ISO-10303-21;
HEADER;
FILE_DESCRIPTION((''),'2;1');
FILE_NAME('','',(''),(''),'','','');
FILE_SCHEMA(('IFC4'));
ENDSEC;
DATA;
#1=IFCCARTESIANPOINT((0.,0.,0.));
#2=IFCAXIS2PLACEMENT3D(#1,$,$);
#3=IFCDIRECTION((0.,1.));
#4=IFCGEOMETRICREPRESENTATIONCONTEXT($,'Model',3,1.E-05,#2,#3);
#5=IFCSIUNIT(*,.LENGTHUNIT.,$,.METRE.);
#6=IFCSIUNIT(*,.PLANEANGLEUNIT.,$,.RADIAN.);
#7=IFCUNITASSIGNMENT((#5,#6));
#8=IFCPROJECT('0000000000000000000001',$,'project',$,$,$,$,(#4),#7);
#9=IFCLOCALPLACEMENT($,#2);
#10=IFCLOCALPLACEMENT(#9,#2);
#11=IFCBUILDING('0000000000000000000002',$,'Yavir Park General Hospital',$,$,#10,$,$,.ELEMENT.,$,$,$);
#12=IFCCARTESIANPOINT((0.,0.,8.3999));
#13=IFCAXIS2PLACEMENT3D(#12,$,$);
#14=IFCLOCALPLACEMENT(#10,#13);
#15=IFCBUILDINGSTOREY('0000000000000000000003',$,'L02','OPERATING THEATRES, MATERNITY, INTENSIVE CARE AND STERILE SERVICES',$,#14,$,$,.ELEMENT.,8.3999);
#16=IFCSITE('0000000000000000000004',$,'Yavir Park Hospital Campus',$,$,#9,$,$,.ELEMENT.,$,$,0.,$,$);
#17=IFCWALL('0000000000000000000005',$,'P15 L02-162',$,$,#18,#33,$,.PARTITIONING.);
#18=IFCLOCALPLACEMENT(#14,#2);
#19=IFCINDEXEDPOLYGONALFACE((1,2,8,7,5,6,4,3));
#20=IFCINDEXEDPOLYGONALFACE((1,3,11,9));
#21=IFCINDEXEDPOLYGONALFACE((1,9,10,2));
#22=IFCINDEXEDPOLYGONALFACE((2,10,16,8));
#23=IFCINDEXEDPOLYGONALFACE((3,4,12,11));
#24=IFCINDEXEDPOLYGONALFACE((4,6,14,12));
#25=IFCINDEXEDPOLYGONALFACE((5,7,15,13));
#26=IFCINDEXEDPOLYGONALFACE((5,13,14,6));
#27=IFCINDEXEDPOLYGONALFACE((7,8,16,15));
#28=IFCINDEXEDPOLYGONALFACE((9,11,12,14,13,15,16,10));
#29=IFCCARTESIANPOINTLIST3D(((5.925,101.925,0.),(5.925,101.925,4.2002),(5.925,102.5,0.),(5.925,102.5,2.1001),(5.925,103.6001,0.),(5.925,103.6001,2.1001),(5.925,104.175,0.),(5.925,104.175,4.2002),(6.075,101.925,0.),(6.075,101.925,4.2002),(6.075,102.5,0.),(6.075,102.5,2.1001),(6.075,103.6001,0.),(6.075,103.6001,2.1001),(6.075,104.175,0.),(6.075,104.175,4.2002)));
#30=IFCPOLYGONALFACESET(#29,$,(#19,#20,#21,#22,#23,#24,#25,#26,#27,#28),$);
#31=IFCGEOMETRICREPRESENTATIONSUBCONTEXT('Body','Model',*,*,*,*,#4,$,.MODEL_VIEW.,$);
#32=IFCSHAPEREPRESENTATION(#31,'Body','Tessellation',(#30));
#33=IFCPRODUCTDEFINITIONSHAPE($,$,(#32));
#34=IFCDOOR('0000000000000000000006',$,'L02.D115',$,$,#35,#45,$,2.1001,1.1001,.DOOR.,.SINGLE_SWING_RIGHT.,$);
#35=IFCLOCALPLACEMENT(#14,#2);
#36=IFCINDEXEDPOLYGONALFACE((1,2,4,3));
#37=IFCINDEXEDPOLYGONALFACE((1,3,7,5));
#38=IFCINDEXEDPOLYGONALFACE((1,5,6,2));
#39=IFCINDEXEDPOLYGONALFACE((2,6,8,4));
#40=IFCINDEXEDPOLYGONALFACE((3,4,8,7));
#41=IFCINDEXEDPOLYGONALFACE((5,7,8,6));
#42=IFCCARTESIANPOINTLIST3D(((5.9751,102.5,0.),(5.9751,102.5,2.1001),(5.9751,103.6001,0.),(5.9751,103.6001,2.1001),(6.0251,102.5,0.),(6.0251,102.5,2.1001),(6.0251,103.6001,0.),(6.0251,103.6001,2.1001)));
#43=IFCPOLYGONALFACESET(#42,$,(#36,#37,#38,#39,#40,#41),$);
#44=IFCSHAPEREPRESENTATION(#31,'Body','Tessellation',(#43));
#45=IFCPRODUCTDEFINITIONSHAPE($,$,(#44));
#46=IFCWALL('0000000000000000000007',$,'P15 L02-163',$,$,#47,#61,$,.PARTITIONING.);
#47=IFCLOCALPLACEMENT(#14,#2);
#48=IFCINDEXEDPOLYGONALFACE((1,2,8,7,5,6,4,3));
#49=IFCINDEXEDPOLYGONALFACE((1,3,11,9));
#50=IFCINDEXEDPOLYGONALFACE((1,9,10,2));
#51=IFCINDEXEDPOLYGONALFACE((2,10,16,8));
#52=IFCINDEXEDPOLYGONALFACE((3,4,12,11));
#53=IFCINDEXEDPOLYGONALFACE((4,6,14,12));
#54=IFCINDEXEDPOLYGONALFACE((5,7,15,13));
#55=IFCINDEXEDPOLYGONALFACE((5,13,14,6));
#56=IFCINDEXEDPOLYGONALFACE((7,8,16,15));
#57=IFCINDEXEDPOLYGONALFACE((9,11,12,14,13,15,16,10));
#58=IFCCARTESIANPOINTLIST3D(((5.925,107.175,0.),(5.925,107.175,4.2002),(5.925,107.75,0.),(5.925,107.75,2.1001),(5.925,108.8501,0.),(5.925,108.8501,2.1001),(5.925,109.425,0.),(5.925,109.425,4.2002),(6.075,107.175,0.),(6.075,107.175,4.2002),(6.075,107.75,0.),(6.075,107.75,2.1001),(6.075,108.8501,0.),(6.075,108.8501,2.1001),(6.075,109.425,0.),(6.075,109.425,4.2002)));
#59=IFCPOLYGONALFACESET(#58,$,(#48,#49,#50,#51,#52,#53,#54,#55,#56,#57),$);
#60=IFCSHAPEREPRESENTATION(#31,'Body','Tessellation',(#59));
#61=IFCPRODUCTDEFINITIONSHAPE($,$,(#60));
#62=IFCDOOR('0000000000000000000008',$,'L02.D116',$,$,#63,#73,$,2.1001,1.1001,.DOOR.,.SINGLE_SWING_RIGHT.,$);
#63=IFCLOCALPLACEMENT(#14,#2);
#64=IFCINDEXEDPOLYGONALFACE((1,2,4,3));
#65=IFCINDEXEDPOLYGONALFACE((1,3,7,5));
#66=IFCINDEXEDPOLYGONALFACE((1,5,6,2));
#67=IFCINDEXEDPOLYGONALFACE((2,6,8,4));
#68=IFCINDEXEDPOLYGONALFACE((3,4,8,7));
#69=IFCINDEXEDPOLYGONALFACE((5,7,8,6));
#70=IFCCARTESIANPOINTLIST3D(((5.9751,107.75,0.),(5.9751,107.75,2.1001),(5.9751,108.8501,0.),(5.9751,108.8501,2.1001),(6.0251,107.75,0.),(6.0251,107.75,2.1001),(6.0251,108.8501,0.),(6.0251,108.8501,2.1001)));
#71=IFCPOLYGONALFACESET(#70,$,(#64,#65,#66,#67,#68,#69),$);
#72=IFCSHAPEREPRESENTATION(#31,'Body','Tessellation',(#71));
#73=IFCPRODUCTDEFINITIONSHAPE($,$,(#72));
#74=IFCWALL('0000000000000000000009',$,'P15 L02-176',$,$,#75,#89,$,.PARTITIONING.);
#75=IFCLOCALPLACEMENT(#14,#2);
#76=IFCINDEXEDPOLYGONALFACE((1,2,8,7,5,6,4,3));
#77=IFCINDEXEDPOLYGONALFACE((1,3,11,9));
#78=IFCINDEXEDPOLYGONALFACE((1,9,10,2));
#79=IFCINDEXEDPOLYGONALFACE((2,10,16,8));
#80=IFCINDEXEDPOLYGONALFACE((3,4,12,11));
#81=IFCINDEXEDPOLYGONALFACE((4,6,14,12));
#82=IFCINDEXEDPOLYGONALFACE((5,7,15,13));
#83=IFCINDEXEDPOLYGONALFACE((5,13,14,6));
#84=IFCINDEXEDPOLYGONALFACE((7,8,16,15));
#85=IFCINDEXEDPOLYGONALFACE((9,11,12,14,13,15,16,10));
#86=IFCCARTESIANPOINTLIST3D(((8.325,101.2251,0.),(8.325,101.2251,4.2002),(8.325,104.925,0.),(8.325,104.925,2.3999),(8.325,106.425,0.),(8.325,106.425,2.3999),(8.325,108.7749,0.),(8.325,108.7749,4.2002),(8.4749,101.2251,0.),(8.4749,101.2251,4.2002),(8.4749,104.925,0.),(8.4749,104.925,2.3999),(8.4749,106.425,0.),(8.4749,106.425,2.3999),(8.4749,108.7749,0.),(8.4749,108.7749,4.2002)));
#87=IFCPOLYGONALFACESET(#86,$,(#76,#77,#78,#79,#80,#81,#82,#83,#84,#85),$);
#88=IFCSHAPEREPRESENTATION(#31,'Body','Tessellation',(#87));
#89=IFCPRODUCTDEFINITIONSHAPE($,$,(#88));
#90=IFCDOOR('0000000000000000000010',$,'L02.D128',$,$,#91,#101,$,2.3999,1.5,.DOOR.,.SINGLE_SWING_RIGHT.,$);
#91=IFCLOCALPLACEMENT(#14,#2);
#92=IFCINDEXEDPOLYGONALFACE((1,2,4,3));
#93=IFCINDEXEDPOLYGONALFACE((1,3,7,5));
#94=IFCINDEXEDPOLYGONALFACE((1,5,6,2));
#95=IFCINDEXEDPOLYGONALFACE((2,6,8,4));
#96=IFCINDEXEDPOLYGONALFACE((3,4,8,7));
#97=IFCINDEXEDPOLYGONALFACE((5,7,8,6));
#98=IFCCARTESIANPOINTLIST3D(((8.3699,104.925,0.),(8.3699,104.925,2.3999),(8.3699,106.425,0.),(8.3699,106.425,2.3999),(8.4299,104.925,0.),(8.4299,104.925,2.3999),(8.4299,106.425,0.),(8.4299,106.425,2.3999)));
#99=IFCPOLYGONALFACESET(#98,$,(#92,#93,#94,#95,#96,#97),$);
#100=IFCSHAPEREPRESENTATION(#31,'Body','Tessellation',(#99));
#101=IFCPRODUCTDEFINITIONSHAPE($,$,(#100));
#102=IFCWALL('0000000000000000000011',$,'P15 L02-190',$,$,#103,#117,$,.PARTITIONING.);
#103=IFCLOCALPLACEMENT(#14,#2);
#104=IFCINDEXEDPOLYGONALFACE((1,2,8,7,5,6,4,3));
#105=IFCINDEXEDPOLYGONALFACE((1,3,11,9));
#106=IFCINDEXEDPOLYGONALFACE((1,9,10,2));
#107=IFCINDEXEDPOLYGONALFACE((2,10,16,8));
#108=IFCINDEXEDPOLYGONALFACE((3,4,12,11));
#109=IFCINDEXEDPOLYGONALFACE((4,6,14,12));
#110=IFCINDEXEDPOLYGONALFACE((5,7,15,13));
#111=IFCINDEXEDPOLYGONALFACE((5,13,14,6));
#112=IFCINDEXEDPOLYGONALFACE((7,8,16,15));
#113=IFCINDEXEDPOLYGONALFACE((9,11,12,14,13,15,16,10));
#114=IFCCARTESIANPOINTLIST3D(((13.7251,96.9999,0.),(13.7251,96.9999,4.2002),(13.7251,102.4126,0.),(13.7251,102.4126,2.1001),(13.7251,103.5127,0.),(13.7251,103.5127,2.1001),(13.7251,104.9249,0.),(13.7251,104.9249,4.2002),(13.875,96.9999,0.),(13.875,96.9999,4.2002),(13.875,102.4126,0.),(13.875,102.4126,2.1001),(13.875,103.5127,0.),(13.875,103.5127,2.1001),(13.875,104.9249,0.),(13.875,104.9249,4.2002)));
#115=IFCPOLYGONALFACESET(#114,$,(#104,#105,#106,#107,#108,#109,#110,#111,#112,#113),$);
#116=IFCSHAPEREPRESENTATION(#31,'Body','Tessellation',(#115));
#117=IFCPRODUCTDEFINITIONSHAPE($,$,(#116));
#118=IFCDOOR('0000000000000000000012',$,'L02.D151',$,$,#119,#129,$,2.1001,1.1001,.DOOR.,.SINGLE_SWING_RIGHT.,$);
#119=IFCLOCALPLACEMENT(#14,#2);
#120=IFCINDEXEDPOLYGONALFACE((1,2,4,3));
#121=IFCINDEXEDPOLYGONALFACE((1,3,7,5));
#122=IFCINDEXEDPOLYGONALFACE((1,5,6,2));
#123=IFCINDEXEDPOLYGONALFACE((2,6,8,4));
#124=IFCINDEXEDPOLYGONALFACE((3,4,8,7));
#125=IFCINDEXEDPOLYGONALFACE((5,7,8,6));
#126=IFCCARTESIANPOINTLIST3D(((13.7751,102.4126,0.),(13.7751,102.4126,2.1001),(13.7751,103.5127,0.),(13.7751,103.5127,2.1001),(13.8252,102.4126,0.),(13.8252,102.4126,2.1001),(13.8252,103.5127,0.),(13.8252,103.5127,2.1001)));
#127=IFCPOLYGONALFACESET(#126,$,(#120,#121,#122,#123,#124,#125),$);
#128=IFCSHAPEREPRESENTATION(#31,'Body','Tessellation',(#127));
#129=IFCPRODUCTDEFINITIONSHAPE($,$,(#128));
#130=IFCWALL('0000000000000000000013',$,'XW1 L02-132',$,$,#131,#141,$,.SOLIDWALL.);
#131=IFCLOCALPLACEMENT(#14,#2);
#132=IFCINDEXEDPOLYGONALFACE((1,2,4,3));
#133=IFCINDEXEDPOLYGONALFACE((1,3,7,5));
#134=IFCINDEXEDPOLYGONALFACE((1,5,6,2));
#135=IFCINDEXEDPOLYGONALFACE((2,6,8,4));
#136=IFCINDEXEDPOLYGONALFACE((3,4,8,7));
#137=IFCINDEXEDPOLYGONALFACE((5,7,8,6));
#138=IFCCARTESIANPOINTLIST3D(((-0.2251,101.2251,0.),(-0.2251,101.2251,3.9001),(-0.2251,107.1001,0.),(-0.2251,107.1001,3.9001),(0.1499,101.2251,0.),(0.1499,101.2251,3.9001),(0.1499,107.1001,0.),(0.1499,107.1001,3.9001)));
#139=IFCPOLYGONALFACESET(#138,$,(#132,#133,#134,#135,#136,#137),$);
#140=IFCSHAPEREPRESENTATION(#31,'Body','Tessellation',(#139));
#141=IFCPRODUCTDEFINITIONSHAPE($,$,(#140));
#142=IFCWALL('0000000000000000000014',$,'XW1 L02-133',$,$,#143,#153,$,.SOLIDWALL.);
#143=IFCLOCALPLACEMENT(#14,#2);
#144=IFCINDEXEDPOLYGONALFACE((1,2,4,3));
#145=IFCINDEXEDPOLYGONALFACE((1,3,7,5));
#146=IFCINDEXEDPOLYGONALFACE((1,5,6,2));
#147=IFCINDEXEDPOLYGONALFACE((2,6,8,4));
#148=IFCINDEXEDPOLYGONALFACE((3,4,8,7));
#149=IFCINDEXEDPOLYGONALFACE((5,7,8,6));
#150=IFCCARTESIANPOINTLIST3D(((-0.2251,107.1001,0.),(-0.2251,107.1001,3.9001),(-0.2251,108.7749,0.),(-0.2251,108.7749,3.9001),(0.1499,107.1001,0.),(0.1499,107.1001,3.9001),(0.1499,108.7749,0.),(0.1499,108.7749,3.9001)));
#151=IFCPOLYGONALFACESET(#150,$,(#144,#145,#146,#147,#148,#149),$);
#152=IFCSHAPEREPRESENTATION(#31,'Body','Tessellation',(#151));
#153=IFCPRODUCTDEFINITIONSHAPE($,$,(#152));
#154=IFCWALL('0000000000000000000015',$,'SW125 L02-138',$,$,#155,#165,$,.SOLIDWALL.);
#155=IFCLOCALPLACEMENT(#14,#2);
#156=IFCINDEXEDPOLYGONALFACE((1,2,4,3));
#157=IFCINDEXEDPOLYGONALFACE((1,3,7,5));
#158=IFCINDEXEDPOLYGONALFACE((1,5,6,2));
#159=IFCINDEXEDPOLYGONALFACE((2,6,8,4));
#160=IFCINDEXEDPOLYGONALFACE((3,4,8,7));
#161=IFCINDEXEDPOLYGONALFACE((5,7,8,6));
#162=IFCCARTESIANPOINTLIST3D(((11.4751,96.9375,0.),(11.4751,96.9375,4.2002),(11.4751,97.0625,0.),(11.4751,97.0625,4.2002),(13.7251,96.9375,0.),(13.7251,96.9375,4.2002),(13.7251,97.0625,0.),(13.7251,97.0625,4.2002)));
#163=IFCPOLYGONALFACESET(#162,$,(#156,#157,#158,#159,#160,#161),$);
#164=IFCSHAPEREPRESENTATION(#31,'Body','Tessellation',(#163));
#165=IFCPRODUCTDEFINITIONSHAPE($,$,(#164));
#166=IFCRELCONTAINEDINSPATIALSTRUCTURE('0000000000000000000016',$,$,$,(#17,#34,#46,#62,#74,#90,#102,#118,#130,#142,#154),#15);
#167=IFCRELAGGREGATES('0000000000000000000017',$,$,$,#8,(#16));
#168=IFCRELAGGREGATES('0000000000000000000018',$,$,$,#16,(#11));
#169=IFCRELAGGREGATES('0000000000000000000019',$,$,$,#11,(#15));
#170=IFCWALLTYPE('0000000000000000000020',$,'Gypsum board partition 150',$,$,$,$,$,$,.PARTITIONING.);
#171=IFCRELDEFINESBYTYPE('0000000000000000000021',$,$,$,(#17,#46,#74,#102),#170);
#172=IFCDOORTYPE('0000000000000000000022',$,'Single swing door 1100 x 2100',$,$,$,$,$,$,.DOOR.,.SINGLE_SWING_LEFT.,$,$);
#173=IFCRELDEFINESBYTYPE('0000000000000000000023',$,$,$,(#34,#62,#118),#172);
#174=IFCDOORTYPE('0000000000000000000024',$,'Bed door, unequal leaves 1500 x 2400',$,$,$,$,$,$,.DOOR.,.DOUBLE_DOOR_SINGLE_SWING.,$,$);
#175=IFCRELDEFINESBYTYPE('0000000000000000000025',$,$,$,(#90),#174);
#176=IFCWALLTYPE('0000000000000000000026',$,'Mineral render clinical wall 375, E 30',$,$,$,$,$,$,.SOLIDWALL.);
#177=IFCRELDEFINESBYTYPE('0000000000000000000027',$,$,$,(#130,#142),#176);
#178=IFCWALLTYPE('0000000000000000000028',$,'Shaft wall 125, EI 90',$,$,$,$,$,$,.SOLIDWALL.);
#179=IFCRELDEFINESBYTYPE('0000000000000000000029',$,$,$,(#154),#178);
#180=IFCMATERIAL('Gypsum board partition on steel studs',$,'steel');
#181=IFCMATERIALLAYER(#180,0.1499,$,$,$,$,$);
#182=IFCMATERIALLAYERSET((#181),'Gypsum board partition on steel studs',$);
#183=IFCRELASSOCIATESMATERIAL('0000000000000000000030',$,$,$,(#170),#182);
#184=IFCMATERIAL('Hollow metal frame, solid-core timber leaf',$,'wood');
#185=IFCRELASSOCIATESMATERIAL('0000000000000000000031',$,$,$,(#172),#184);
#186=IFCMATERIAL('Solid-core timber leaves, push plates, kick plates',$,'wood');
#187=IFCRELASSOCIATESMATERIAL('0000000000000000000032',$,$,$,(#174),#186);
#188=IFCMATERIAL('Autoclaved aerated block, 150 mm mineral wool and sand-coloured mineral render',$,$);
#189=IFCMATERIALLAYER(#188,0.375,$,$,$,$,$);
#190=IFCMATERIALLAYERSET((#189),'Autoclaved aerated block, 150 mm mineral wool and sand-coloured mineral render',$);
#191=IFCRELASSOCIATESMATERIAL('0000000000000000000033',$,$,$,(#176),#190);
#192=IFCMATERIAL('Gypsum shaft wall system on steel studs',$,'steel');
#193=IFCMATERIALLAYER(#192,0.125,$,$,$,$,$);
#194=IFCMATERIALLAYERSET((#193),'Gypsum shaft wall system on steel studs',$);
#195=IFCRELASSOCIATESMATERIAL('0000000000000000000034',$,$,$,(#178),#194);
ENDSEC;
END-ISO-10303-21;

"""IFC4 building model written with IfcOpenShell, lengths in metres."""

from ifc_helpers import new_model, si_unit, direction, frame, frame_2d, origin, place, context, subcontext, project, spatial, rectangle, extrude, material, layer, layer_set, type_object, element, fill, save


model = new_model("IFC4")

# Units and contexts
model_context = context("Model", 3, precision=1e-05, world=origin(), true_north=direction((0.0, 1.0)))
body_context = subcontext(model_context, "Body", "Model", "MODEL_VIEW")
ifc_project = project(units=[si_unit("LENGTHUNIT", "METRE"), si_unit("PLANEANGLEUNIT", "RADIAN")], contexts=[model_context])

# Site, building, storey
site_placement = place(None, origin())
site = spatial("IfcSite", under=ifc_project, at=site_placement, Name="Yavir Park Hospital Campus", CompositionType="ELEMENT", RefElevation=0.0)
building_placement = place(site_placement, origin())
building = spatial("IfcBuilding", under=site, at=building_placement, Name="Yavir Park General Hospital", CompositionType="ELEMENT")
storey_placement = place(building_placement, frame((0.0, 0.0, 8.3999)))
storey = spatial("IfcBuildingStorey", under=building, at=storey_placement, Name="L02", Description="OPERATING THEATRES, MATERNITY, INTENSIVE CARE AND STERILE SERVICES", CompositionType="ELEMENT", Elevation=8.3999)

# Shared definitions
ifc_material_1 = material(Name="Gypsum board partition on steel studs", Category="steel")
ifc_layer_1 = layer(ifc_material_1, 0.1499)
ifc_layer_set_1 = layer_set([ifc_layer_1], Name="Gypsum board partition on steel studs")
wall_type_1 = type_object("IfcWallType", Name="Gypsum board partition 150", PredefinedType="PARTITIONING", material=ifc_layer_set_1)

# Walls, openings, doors
ifc_material_2 = material(Name="Hollow metal frame, solid-core timber leaf", Category="wood")
door_type_1 = type_object("IfcDoorType", Name="Single swing door 1100 x 2100", OperationType="SINGLE_SWING_LEFT", PredefinedType="DOOR", material=ifc_material_2)
wall_1_placement = place(storey_placement, frame((6.0, 101.925, 0.0), z_axis=(0.0, 0.0, 1.0), x_axis=(0.0, 1.0, 0.0)))
wall_1 = element("IfcWall", 1, at=wall_1_placement, inside=storey, type_object=wall_type_1, Name="P15 L02-162", PredefinedType="PARTITIONING", context=body_context, shape_type="SweptSolid", body=[
    extrude(rectangle(XDim=2.25, YDim=0.1499, at=frame_2d((1.125, 0.0))), origin(), (0.0, 0.0, 1.0), 4.2002),
])
opening_1_placement = place(wall_1_placement, frame((0.575, 0.0, 0.0)))
opening_1 = element("IfcOpeningElement", 2, at=opening_1_placement, cuts=wall_1, PredefinedType="OPENING", context=body_context, shape_type="SweptSolid", body=[
    extrude(rectangle(XDim=1.1001, YDim=2.1001, at=frame_2d((0.55, 1.05))), frame((0.0, 0.085, 0.0), z_axis=(0.0, -1.0, 0.0), x_axis=(1.0, 0.0, 0.0)), (0.0, 0.0, 1.0), 0.1699),
])
door_1_placement = place(opening_1_placement, origin())
door_1 = element("IfcDoor", 3, at=door_1_placement, inside=storey, type_object=door_type_1, Name="L02.D115", OperationType="SINGLE_SWING_RIGHT", OverallHeight=2.1001, OverallWidth=1.1001, PredefinedType="DOOR", context=body_context, shape_type="SweptSolid", body=[
    extrude(rectangle(XDim=1.1001, YDim=2.1001, at=frame_2d((0.55, 1.05))), frame((0.0, 0.0249, 0.0), z_axis=(0.0, -1.0, 0.0), x_axis=(1.0, 0.0, 0.0)), (0.0, 0.0, 1.0), 0.05),
])
fill(opening_1, door_1)
wall_2_placement = place(storey_placement, frame((6.0, 107.175, 0.0), z_axis=(0.0, 0.0, 1.0), x_axis=(0.0, 1.0, 0.0)))
wall_2 = element("IfcWall", 4, at=wall_2_placement, inside=storey, type_object=wall_type_1, Name="P15 L02-163", PredefinedType="PARTITIONING", context=body_context, shape_type="SweptSolid", body=[
    extrude(rectangle(XDim=2.25, YDim=0.1499, at=frame_2d((1.125, 0.0))), origin(), (0.0, 0.0, 1.0), 4.2002),
])
opening_2_placement = place(wall_2_placement, frame((0.575, 0.0, 0.0)))
opening_2 = element("IfcOpeningElement", 5, at=opening_2_placement, cuts=wall_2, PredefinedType="OPENING", context=body_context, shape_type="SweptSolid", body=[
    extrude(rectangle(XDim=1.1001, YDim=2.1001, at=frame_2d((0.55, 1.05))), frame((0.0, 0.085, 0.0), z_axis=(0.0, -1.0, 0.0), x_axis=(1.0, 0.0, 0.0)), (0.0, 0.0, 1.0), 0.1699),
])
door_2_placement = place(opening_2_placement, origin())
door_2 = element("IfcDoor", 6, at=door_2_placement, inside=storey, type_object=door_type_1, Name="L02.D116", OperationType="SINGLE_SWING_RIGHT", OverallHeight=2.1001, OverallWidth=1.1001, PredefinedType="DOOR", context=body_context, shape_type="SweptSolid", body=[
    extrude(rectangle(XDim=1.1001, YDim=2.1001, at=frame_2d((0.55, 1.05))), frame((0.0, 0.0249, 0.0), z_axis=(0.0, -1.0, 0.0), x_axis=(1.0, 0.0, 0.0)), (0.0, 0.0, 1.0), 0.05),
])
fill(opening_2, door_2)
wall_3_placement = place(storey_placement, frame((8.3999, 101.2251, 0.0), z_axis=(0.0, 0.0, 1.0), x_axis=(0.0, 1.0, 0.0)))
wall_3 = element("IfcWall", 7, at=wall_3_placement, inside=storey, type_object=wall_type_1, Name="P15 L02-176", PredefinedType="PARTITIONING", context=body_context, shape_type="SweptSolid", body=[
    extrude(rectangle(XDim=7.5498, YDim=0.1499, at=frame_2d((3.7749, 0.0))), origin(), (0.0, 0.0, 1.0), 4.2002),
])
opening_3_placement = place(wall_3_placement, frame((3.7, 0.0, 0.0)))
opening_3 = element("IfcOpeningElement", 8, at=opening_3_placement, cuts=wall_3, PredefinedType="OPENING", context=body_context, shape_type="SweptSolid", body=[
    extrude(rectangle(XDim=1.5, YDim=2.3999, at=frame_2d((0.75, 1.2))), frame((0.0, 0.085, 0.0), z_axis=(0.0, -1.0, 0.0), x_axis=(1.0, 0.0, 0.0)), (0.0, 0.0, 1.0), 0.1699),
])
ifc_material_3 = material(Name="Solid-core timber leaves, push plates, kick plates", Category="wood")
door_type_2 = type_object("IfcDoorType", Name="Bed door, unequal leaves 1500 x 2400", OperationType="DOUBLE_DOOR_SINGLE_SWING", PredefinedType="DOOR", material=ifc_material_3)
door_3_placement = place(opening_3_placement, origin())
door_3 = element("IfcDoor", 9, at=door_3_placement, inside=storey, type_object=door_type_2, Name="L02.D128", OperationType="SINGLE_SWING_RIGHT", OverallHeight=2.3999, OverallWidth=1.5, PredefinedType="DOOR", context=body_context, shape_type="SweptSolid", body=[
    extrude(rectangle(XDim=1.5, YDim=2.3999, at=frame_2d((0.75, 1.2))), frame((0.0, 0.03, 0.0), z_axis=(0.0, -1.0, 0.0), x_axis=(1.0, 0.0, 0.0)), (0.0, 0.0, 1.0), 0.0601),
])
fill(opening_3, door_3)
wall_4_placement = place(storey_placement, frame((13.8, 97.0, 0.0), z_axis=(0.0, 0.0, 1.0), x_axis=(0.0, 1.0, 0.0)))
wall_4 = element("IfcWall", 10, at=wall_4_placement, inside=storey, type_object=wall_type_1, Name="P15 L02-190", PredefinedType="PARTITIONING", context=body_context, shape_type="SweptSolid", body=[
    extrude(rectangle(XDim=7.925, YDim=0.1499, at=frame_2d((3.9624, 0.0))), origin(), (0.0, 0.0, 1.0), 4.2002),
])
opening_4_placement = place(wall_4_placement, frame((5.4126, 0.0, 0.0)))
opening_4 = element("IfcOpeningElement", 11, at=opening_4_placement, cuts=wall_4, PredefinedType="OPENING", context=body_context, shape_type="SweptSolid", body=[
    extrude(rectangle(XDim=1.1001, YDim=2.1001, at=frame_2d((0.55, 1.05))), frame((0.0, 0.085, 0.0), z_axis=(0.0, -1.0, 0.0), x_axis=(1.0, 0.0, 0.0)), (0.0, 0.0, 1.0), 0.1699),
])
door_4_placement = place(opening_4_placement, origin())
door_4 = element("IfcDoor", 12, at=door_4_placement, inside=storey, type_object=door_type_1, Name="L02.D151", OperationType="SINGLE_SWING_RIGHT", OverallHeight=2.1001, OverallWidth=1.1001, PredefinedType="DOOR", context=body_context, shape_type="SweptSolid", body=[
    extrude(rectangle(XDim=1.1001, YDim=2.1001, at=frame_2d((0.55, 1.05))), frame((0.0, 0.0249, 0.0), z_axis=(0.0, -1.0, 0.0), x_axis=(1.0, 0.0, 0.0)), (0.0, 0.0, 1.0), 0.05),
])
fill(opening_4, door_4)

# Walls
ifc_material_4 = material(Name="Autoclaved aerated block, 150 mm mineral wool and sand-coloured mineral render")
ifc_layer_2 = layer(ifc_material_4, 0.375)
ifc_layer_set_2 = layer_set([ifc_layer_2], Name="Autoclaved aerated block, 150 mm mineral wool and sand-coloured mineral render")
wall_type_2 = type_object("IfcWallType", Name="Mineral render clinical wall 375, E 30", PredefinedType="SOLIDWALL", material=ifc_layer_set_2)
wall_5_placement = place(storey_placement, frame((-0.0376, 101.2251, 0.0), z_axis=(0.0, 0.0, 1.0), x_axis=(0.0, 1.0, 0.0)))
element("IfcWall", 13, at=wall_5_placement, inside=storey, type_object=wall_type_2, Name="XW1 L02-132", PredefinedType="SOLIDWALL", context=body_context, shape_type="SweptSolid", body=[
    extrude(rectangle(XDim=5.875, YDim=0.375, at=frame_2d((2.9375, 0.0))), origin(), (0.0, 0.0, 1.0), 3.9001),
])
wall_6_placement = place(storey_placement, frame((-0.0376, 107.1001, 0.0), z_axis=(0.0, 0.0, 1.0), x_axis=(0.0, 1.0, 0.0)))
element("IfcWall", 14, at=wall_6_placement, inside=storey, type_object=wall_type_2, Name="XW1 L02-133", PredefinedType="SOLIDWALL", context=body_context, shape_type="SweptSolid", body=[
    extrude(rectangle(XDim=1.6748, YDim=0.375, at=frame_2d((0.8374, 0.0))), origin(), (0.0, 0.0, 1.0), 3.9001),
])
ifc_material_5 = material(Name="Gypsum shaft wall system on steel studs", Category="steel")
ifc_layer_3 = layer(ifc_material_5, 0.125)
ifc_layer_set_3 = layer_set([ifc_layer_3], Name="Gypsum shaft wall system on steel studs")
wall_type_3 = type_object("IfcWallType", Name="Shaft wall 125, EI 90", PredefinedType="SOLIDWALL", material=ifc_layer_set_3)
wall_7_placement = place(storey_placement, frame((11.4751, 97.0, 0.0), z_axis=(0.0, 0.0, 1.0), x_axis=(1.0, 0.0, 0.0)))
element("IfcWall", 15, at=wall_7_placement, inside=storey, type_object=wall_type_3, Name="SW125 L02-138", PredefinedType="SOLIDWALL", context=body_context, shape_type="SweptSolid", body=[
    extrude(rectangle(XDim=2.25, YDim=0.125, at=frame_2d((1.125, 0.0))), origin(), (0.0, 0.0, 1.0), 4.2002),
])

save(model, "model.ifc")
